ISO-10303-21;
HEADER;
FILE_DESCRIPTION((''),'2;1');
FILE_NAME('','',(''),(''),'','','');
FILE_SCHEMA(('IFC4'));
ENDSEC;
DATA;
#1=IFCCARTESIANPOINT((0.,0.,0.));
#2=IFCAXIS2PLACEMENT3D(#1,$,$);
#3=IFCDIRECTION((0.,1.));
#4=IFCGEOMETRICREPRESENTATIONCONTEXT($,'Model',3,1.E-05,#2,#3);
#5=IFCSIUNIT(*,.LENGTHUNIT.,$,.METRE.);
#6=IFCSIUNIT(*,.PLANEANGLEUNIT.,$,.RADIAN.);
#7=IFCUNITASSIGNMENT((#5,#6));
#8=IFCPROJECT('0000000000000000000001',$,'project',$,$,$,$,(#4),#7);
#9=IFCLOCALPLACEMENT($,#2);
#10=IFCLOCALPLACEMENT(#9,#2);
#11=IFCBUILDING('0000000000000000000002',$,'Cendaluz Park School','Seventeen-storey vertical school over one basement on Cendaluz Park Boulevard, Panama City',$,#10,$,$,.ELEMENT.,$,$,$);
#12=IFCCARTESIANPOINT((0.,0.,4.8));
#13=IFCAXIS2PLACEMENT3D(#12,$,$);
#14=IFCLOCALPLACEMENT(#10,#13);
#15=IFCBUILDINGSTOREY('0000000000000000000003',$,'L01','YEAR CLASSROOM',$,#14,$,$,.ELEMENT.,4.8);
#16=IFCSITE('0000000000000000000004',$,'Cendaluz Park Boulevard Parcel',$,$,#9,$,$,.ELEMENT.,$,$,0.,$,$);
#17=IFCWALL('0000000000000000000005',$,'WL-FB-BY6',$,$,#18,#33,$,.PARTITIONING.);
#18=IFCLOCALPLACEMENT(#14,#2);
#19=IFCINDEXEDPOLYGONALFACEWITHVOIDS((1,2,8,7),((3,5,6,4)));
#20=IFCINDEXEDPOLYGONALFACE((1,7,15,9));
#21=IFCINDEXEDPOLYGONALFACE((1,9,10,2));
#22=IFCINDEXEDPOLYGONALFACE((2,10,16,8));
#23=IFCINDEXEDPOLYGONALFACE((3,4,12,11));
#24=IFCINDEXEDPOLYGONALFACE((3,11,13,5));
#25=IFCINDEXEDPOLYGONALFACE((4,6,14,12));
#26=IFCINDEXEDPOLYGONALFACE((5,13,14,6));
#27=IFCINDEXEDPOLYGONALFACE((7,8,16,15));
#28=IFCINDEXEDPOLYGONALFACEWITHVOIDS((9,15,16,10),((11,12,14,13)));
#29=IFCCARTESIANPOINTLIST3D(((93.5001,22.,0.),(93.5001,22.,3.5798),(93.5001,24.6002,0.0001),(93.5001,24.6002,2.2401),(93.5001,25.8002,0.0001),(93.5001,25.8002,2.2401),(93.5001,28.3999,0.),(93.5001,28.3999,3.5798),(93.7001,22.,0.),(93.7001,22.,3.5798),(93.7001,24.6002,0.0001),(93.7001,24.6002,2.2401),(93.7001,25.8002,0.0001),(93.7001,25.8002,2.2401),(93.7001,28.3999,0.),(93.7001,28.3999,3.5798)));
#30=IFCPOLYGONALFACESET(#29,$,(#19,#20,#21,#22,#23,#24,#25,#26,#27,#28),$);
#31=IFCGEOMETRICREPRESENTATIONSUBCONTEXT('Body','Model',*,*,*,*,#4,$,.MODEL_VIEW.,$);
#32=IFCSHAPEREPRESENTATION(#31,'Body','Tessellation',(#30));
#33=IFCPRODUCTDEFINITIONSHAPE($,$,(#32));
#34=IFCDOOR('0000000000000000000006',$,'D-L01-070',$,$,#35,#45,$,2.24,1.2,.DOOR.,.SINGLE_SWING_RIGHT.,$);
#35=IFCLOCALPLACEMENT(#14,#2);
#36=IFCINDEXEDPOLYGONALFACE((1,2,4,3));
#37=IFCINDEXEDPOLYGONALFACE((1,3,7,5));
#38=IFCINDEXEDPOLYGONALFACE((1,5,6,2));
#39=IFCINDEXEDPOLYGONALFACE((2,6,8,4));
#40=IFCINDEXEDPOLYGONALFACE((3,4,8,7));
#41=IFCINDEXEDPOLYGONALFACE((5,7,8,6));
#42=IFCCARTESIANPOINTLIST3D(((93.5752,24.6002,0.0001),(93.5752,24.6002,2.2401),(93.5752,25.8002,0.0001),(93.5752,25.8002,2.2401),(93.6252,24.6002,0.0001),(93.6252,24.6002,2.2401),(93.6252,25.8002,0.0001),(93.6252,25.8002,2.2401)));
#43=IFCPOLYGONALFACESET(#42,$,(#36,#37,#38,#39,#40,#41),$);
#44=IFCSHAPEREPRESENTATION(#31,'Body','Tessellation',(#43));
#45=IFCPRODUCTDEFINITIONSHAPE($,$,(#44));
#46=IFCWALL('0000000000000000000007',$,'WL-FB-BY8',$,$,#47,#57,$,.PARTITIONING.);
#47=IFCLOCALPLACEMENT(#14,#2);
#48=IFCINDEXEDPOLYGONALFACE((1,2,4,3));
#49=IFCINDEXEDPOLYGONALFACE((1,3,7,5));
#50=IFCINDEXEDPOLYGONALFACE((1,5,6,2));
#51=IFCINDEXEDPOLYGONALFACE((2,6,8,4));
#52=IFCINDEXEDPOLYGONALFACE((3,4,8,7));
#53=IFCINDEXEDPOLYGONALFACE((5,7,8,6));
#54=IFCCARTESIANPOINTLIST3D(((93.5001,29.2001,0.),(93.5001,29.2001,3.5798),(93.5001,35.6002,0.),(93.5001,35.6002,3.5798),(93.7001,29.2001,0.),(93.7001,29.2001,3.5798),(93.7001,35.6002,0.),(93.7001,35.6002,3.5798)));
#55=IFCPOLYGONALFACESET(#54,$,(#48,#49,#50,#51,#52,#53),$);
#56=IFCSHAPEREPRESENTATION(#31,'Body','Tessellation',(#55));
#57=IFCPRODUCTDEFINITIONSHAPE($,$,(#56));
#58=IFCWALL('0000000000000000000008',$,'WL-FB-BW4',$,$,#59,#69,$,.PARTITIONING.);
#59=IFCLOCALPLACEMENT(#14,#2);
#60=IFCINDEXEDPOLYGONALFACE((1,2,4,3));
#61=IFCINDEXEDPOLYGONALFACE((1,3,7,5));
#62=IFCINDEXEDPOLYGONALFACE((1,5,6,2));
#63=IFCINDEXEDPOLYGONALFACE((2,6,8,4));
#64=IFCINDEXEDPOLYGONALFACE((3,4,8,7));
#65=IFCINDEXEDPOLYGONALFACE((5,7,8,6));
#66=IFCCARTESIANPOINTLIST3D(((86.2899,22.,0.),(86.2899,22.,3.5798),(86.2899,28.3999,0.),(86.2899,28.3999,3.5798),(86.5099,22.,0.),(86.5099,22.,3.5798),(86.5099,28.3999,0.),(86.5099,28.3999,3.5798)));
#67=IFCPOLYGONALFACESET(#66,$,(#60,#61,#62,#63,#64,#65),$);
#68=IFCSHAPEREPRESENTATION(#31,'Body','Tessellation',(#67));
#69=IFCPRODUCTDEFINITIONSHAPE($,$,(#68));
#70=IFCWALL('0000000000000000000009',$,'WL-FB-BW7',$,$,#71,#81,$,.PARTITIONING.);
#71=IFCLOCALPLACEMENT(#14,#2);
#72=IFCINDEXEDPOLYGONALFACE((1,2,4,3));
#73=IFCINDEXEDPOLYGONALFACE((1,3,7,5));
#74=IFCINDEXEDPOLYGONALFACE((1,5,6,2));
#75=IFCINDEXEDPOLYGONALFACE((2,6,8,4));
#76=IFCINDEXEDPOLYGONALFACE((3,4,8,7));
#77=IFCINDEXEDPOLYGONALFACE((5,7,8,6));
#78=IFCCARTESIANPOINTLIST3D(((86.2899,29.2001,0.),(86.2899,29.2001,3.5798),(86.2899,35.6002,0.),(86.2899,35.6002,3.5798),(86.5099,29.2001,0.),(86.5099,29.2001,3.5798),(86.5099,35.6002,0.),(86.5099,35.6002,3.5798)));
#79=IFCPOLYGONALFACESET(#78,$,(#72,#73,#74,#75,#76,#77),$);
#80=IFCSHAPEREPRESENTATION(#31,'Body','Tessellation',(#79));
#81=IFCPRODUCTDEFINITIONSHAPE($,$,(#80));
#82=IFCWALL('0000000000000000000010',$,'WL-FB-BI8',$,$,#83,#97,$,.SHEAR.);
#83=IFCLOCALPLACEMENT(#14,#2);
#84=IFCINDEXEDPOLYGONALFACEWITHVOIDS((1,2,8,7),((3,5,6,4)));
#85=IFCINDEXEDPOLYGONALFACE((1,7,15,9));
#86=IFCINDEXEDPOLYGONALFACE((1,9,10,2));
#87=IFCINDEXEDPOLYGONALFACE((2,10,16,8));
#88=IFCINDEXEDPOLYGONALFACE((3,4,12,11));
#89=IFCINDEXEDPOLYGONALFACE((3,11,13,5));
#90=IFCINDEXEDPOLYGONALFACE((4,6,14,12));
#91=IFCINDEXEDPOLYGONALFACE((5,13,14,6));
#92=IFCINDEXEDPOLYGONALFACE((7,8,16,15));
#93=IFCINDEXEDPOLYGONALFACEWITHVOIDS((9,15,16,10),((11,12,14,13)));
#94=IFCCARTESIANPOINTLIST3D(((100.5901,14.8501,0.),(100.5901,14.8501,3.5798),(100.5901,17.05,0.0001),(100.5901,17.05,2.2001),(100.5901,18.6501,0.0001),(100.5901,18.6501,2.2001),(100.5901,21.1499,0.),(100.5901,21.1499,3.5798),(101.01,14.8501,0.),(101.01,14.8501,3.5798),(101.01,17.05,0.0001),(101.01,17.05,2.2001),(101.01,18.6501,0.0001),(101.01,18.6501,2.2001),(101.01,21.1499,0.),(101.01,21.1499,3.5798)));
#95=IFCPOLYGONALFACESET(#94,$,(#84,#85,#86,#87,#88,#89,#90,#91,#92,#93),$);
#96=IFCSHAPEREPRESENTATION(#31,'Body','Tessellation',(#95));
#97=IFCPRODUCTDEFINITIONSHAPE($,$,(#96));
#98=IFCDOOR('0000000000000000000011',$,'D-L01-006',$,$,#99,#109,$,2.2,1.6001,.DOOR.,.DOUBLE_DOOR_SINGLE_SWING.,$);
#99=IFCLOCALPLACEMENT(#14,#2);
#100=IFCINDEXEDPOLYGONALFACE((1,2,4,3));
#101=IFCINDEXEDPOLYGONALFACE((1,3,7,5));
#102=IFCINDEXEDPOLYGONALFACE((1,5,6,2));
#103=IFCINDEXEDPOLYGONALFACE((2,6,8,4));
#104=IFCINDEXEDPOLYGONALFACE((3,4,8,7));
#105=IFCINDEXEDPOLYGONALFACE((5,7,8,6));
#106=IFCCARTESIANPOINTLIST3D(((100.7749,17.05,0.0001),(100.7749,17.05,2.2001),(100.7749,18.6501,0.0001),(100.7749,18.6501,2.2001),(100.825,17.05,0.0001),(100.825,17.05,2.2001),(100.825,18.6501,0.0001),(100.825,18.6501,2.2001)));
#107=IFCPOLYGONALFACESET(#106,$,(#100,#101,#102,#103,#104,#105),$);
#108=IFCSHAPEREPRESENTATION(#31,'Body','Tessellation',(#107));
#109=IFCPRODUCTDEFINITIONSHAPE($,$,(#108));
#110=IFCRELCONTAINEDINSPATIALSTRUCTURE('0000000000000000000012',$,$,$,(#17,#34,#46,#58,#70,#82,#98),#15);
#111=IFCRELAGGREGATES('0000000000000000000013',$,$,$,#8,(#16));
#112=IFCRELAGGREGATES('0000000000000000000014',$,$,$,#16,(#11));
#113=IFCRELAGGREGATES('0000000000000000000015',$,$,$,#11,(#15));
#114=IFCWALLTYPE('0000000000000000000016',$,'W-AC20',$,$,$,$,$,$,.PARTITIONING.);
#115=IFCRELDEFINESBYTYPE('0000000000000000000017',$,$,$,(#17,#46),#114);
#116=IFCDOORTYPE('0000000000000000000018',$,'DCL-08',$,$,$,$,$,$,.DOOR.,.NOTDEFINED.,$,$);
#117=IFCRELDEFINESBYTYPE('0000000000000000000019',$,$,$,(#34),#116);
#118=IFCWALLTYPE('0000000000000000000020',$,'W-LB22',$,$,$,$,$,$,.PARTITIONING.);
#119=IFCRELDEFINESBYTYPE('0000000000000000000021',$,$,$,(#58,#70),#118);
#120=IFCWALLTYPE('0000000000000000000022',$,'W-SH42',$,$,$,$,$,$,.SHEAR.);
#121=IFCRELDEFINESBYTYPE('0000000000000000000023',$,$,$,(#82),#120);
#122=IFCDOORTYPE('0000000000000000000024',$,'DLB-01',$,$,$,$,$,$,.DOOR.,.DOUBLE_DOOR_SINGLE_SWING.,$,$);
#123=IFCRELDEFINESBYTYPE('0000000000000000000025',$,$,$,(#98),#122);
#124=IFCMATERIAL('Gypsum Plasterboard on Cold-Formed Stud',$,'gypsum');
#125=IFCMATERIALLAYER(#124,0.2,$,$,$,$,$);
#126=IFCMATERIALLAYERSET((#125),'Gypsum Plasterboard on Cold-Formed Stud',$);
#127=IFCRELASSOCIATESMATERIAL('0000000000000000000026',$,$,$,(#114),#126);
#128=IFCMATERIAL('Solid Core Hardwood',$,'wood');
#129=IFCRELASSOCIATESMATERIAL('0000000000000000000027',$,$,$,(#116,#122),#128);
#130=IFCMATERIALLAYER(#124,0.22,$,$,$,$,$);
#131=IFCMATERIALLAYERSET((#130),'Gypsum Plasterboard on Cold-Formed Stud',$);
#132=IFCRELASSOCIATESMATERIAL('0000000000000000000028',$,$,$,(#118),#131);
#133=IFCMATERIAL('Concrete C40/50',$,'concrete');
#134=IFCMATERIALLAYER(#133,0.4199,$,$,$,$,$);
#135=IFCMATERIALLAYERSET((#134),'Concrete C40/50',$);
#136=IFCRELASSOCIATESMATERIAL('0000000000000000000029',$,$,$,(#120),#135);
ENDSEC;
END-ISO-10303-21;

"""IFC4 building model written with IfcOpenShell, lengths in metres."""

from ifc_helpers import new_model, si_unit, direction, frame, frame_2d, origin, place, context, subcontext, project, spatial, rectangle, extrude, material, layer, layer_set, type_object, element, fill, save


model = new_model("IFC4")

# Units and contexts
model_context = context("Model", 3, precision=1e-05, world=origin(), true_north=direction((0.0, 1.0)))
body_context = subcontext(model_context, "Body", "Model", "MODEL_VIEW")
ifc_project = project(units=[si_unit("LENGTHUNIT", "METRE"), si_unit("PLANEANGLEUNIT", "RADIAN")], contexts=[model_context])

# Site, building, storey
site_placement = place(None, origin())
site = spatial("IfcSite", under=ifc_project, at=site_placement, Name="Cendaluz Park Boulevard Parcel", CompositionType="ELEMENT", RefElevation=0.0)
building_placement = place(site_placement, origin())
building = spatial("IfcBuilding", under=site, at=building_placement, Name="Cendaluz Park School", Description="Seventeen-storey vertical school over one basement on Cendaluz Park Boulevard, Panama City", CompositionType="ELEMENT")
storey_placement = place(building_placement, frame((0.0, 0.0, 4.8)))
storey = spatial("IfcBuildingStorey", under=building, at=storey_placement, Name="L01", Description="YEAR CLASSROOM", CompositionType="ELEMENT", Elevation=4.8)

# Shared definitions
ifc_material_1 = material(Name="Concrete C40/50", Category="concrete")

# Shared definitions
ifc_material_2 = material(Name="Gypsum Plasterboard on Cold-Formed Stud", Category="gypsum")
ifc_layer_1 = layer(ifc_material_2, 0.2)
ifc_layer_set_1 = layer_set([ifc_layer_1], Name="Gypsum Plasterboard on Cold-Formed Stud")
wall_type_1 = type_object("IfcWallType", Name="W-AC20", PredefinedType="PARTITIONING", material=ifc_layer_set_1)

# Wall, opening, door
wall_1_placement = place(storey_placement, frame((93.6001, 22.0, 0.0), z_axis=(0.0, 0.0, 1.0), x_axis=(0.0, 1.0, 0.0)))
wall_1 = element("IfcWall", 1, at=wall_1_placement, inside=storey, type_object=wall_type_1, Name="WL-FB-BY6", PredefinedType="PARTITIONING", context=body_context, shape_type="SweptSolid", body=[
    extrude(rectangle(XDim=6.3999, YDim=0.2, at=frame_2d((3.2, 0.0))), origin(), (0.0, 0.0, 1.0), 3.5798),
])
opening_1_placement = place(wall_1_placement, frame((2.6001, 0.0, 0.0)))
opening_1 = element("IfcOpeningElement", 2, at=opening_1_placement, cuts=wall_1, PredefinedType="OPENING", context=body_context, shape_type="SweptSolid", body=[
    extrude(rectangle(XDim=1.2, YDim=2.24, at=frame_2d((0.6001, 1.1201))), frame((0.0, 0.1121, 0.0), z_axis=(0.0, -1.0, 0.0), x_axis=(1.0, 0.0, 0.0)), (0.0, 0.0, 1.0), 0.2239),
])
ifc_material_3 = material(Name="Solid Core Hardwood", Category="wood")
door_type_1 = type_object("IfcDoorType", Name="DCL-08", OperationType="NOTDEFINED", PredefinedType="DOOR", material=ifc_material_3)
door_1_placement = place(opening_1_placement, origin())
door_1 = element("IfcDoor", 3, at=door_1_placement, inside=storey, type_object=door_type_1, Name="D-L01-070", OperationType="SINGLE_SWING_RIGHT", OverallHeight=2.24, OverallWidth=1.2, PredefinedType="DOOR", context=body_context, shape_type="SweptSolid", body=[
    extrude(rectangle(XDim=1.2, YDim=2.24, at=frame_2d((0.6001, 1.1201))), frame((0.0, 0.0249, 0.0), z_axis=(0.0, -1.0, 0.0), x_axis=(1.0, 0.0, 0.0)), (0.0, 0.0, 1.0), 0.05),
])
fill(opening_1, door_1)

# Walls
wall_2_placement = place(storey_placement, frame((93.6001, 29.2, 0.0), z_axis=(0.0, 0.0, 1.0), x_axis=(0.0, 1.0, 0.0)))
element("IfcWall", 4, at=wall_2_placement, inside=storey, type_object=wall_type_1, Name="WL-FB-BY8", PredefinedType="PARTITIONING", context=body_context, shape_type="SweptSolid", body=[
    extrude(rectangle(XDim=6.4001, YDim=0.2, at=frame_2d((3.2002, 0.0))), origin(), (0.0, 0.0, 1.0), 3.5798),
])
ifc_layer_2 = layer(ifc_material_2, 0.22)
ifc_layer_set_2 = layer_set([ifc_layer_2], Name="Gypsum Plasterboard on Cold-Formed Stud")
wall_type_2 = type_object("IfcWallType", Name="W-LB22", PredefinedType="PARTITIONING", material=ifc_layer_set_2)
wall_3_placement = place(storey_placement, frame((86.3999, 22.0, 0.0), z_axis=(0.0, 0.0, 1.0), x_axis=(0.0, 1.0, 0.0)))
element("IfcWall", 5, at=wall_3_placement, inside=storey, type_object=wall_type_2, Name="WL-FB-BW4", PredefinedType="PARTITIONING", context=body_context, shape_type="SweptSolid", body=[
    extrude(rectangle(XDim=6.3999, YDim=0.22, at=frame_2d((3.2, 0.0))), origin(), (0.0, 0.0, 1.0), 3.5798),
])
wall_4_placement = place(storey_placement, frame((86.3999, 29.2, 0.0), z_axis=(0.0, 0.0, 1.0), x_axis=(0.0, 1.0, 0.0)))
element("IfcWall", 6, at=wall_4_placement, inside=storey, type_object=wall_type_2, Name="WL-FB-BW7", PredefinedType="PARTITIONING", context=body_context, shape_type="SweptSolid", body=[
    extrude(rectangle(XDim=6.4001, YDim=0.22, at=frame_2d((3.2002, 0.0))), origin(), (0.0, 0.0, 1.0), 3.5798),
])

# Wall, opening, door
ifc_layer_3 = layer(ifc_material_1, 0.4199)
ifc_layer_set_3 = layer_set([ifc_layer_3], Name="Concrete C40/50")
wall_type_3 = type_object("IfcWallType", Name="W-SH42", PredefinedType="SHEAR", material=ifc_layer_set_3)
wall_5_placement = place(storey_placement, frame((100.8, 14.8501, 0.0), z_axis=(0.0, 0.0, 1.0), x_axis=(0.0, 1.0, 0.0)))
wall_5 = element("IfcWall", 7, at=wall_5_placement, inside=storey, type_object=wall_type_3, Name="WL-FB-BI8", PredefinedType="SHEAR", context=body_context, shape_type="SweptSolid", body=[
    extrude(rectangle(XDim=6.2998, YDim=0.4199, at=frame_2d((3.1499, 0.0))), origin(), (0.0, 0.0, 1.0), 3.5798),
])
opening_2_placement = place(wall_5_placement, frame((2.2, 0.0, 0.0)))
opening_2 = element("IfcOpeningElement", 8, at=opening_2_placement, cuts=wall_5, PredefinedType="OPENING", context=body_context, shape_type="SweptSolid", body=[
    extrude(rectangle(XDim=1.6001, YDim=2.2, at=frame_2d((0.8, 1.1001))), frame((0.0, 0.2219, 0.0), z_axis=(0.0, -1.0, 0.0), x_axis=(1.0, 0.0, 0.0)), (0.0, 0.0, 1.0), 0.4438),
])
door_type_2 = type_object("IfcDoorType", Name="DLB-01", OperationType="DOUBLE_DOOR_SINGLE_SWING", PredefinedType="DOOR", material=ifc_material_3)
door_2_placement = place(opening_2_placement, frame((1.6001, 0.0, 0.0), z_axis=(0.0, 0.0, 1.0), x_axis=(-1.0, 0.0, 0.0)))
door_2 = element("IfcDoor", 9, at=door_2_placement, inside=storey, type_object=door_type_2, Name="D-L01-006", OperationType="DOUBLE_DOOR_SINGLE_SWING", OverallHeight=2.2, OverallWidth=1.6001, PredefinedType="DOOR", context=body_context, shape_type="SweptSolid", body=[
    extrude(rectangle(XDim=1.6001, YDim=2.2, at=frame_2d((0.8, 1.1001))), frame((0.0, 0.0249, 0.0), z_axis=(0.0, -1.0, 0.0), x_axis=(1.0, 0.0, 0.0)), (0.0, 0.0, 1.0), 0.05),
])
fill(opening_2, door_2)

save(model, "model.ifc")
